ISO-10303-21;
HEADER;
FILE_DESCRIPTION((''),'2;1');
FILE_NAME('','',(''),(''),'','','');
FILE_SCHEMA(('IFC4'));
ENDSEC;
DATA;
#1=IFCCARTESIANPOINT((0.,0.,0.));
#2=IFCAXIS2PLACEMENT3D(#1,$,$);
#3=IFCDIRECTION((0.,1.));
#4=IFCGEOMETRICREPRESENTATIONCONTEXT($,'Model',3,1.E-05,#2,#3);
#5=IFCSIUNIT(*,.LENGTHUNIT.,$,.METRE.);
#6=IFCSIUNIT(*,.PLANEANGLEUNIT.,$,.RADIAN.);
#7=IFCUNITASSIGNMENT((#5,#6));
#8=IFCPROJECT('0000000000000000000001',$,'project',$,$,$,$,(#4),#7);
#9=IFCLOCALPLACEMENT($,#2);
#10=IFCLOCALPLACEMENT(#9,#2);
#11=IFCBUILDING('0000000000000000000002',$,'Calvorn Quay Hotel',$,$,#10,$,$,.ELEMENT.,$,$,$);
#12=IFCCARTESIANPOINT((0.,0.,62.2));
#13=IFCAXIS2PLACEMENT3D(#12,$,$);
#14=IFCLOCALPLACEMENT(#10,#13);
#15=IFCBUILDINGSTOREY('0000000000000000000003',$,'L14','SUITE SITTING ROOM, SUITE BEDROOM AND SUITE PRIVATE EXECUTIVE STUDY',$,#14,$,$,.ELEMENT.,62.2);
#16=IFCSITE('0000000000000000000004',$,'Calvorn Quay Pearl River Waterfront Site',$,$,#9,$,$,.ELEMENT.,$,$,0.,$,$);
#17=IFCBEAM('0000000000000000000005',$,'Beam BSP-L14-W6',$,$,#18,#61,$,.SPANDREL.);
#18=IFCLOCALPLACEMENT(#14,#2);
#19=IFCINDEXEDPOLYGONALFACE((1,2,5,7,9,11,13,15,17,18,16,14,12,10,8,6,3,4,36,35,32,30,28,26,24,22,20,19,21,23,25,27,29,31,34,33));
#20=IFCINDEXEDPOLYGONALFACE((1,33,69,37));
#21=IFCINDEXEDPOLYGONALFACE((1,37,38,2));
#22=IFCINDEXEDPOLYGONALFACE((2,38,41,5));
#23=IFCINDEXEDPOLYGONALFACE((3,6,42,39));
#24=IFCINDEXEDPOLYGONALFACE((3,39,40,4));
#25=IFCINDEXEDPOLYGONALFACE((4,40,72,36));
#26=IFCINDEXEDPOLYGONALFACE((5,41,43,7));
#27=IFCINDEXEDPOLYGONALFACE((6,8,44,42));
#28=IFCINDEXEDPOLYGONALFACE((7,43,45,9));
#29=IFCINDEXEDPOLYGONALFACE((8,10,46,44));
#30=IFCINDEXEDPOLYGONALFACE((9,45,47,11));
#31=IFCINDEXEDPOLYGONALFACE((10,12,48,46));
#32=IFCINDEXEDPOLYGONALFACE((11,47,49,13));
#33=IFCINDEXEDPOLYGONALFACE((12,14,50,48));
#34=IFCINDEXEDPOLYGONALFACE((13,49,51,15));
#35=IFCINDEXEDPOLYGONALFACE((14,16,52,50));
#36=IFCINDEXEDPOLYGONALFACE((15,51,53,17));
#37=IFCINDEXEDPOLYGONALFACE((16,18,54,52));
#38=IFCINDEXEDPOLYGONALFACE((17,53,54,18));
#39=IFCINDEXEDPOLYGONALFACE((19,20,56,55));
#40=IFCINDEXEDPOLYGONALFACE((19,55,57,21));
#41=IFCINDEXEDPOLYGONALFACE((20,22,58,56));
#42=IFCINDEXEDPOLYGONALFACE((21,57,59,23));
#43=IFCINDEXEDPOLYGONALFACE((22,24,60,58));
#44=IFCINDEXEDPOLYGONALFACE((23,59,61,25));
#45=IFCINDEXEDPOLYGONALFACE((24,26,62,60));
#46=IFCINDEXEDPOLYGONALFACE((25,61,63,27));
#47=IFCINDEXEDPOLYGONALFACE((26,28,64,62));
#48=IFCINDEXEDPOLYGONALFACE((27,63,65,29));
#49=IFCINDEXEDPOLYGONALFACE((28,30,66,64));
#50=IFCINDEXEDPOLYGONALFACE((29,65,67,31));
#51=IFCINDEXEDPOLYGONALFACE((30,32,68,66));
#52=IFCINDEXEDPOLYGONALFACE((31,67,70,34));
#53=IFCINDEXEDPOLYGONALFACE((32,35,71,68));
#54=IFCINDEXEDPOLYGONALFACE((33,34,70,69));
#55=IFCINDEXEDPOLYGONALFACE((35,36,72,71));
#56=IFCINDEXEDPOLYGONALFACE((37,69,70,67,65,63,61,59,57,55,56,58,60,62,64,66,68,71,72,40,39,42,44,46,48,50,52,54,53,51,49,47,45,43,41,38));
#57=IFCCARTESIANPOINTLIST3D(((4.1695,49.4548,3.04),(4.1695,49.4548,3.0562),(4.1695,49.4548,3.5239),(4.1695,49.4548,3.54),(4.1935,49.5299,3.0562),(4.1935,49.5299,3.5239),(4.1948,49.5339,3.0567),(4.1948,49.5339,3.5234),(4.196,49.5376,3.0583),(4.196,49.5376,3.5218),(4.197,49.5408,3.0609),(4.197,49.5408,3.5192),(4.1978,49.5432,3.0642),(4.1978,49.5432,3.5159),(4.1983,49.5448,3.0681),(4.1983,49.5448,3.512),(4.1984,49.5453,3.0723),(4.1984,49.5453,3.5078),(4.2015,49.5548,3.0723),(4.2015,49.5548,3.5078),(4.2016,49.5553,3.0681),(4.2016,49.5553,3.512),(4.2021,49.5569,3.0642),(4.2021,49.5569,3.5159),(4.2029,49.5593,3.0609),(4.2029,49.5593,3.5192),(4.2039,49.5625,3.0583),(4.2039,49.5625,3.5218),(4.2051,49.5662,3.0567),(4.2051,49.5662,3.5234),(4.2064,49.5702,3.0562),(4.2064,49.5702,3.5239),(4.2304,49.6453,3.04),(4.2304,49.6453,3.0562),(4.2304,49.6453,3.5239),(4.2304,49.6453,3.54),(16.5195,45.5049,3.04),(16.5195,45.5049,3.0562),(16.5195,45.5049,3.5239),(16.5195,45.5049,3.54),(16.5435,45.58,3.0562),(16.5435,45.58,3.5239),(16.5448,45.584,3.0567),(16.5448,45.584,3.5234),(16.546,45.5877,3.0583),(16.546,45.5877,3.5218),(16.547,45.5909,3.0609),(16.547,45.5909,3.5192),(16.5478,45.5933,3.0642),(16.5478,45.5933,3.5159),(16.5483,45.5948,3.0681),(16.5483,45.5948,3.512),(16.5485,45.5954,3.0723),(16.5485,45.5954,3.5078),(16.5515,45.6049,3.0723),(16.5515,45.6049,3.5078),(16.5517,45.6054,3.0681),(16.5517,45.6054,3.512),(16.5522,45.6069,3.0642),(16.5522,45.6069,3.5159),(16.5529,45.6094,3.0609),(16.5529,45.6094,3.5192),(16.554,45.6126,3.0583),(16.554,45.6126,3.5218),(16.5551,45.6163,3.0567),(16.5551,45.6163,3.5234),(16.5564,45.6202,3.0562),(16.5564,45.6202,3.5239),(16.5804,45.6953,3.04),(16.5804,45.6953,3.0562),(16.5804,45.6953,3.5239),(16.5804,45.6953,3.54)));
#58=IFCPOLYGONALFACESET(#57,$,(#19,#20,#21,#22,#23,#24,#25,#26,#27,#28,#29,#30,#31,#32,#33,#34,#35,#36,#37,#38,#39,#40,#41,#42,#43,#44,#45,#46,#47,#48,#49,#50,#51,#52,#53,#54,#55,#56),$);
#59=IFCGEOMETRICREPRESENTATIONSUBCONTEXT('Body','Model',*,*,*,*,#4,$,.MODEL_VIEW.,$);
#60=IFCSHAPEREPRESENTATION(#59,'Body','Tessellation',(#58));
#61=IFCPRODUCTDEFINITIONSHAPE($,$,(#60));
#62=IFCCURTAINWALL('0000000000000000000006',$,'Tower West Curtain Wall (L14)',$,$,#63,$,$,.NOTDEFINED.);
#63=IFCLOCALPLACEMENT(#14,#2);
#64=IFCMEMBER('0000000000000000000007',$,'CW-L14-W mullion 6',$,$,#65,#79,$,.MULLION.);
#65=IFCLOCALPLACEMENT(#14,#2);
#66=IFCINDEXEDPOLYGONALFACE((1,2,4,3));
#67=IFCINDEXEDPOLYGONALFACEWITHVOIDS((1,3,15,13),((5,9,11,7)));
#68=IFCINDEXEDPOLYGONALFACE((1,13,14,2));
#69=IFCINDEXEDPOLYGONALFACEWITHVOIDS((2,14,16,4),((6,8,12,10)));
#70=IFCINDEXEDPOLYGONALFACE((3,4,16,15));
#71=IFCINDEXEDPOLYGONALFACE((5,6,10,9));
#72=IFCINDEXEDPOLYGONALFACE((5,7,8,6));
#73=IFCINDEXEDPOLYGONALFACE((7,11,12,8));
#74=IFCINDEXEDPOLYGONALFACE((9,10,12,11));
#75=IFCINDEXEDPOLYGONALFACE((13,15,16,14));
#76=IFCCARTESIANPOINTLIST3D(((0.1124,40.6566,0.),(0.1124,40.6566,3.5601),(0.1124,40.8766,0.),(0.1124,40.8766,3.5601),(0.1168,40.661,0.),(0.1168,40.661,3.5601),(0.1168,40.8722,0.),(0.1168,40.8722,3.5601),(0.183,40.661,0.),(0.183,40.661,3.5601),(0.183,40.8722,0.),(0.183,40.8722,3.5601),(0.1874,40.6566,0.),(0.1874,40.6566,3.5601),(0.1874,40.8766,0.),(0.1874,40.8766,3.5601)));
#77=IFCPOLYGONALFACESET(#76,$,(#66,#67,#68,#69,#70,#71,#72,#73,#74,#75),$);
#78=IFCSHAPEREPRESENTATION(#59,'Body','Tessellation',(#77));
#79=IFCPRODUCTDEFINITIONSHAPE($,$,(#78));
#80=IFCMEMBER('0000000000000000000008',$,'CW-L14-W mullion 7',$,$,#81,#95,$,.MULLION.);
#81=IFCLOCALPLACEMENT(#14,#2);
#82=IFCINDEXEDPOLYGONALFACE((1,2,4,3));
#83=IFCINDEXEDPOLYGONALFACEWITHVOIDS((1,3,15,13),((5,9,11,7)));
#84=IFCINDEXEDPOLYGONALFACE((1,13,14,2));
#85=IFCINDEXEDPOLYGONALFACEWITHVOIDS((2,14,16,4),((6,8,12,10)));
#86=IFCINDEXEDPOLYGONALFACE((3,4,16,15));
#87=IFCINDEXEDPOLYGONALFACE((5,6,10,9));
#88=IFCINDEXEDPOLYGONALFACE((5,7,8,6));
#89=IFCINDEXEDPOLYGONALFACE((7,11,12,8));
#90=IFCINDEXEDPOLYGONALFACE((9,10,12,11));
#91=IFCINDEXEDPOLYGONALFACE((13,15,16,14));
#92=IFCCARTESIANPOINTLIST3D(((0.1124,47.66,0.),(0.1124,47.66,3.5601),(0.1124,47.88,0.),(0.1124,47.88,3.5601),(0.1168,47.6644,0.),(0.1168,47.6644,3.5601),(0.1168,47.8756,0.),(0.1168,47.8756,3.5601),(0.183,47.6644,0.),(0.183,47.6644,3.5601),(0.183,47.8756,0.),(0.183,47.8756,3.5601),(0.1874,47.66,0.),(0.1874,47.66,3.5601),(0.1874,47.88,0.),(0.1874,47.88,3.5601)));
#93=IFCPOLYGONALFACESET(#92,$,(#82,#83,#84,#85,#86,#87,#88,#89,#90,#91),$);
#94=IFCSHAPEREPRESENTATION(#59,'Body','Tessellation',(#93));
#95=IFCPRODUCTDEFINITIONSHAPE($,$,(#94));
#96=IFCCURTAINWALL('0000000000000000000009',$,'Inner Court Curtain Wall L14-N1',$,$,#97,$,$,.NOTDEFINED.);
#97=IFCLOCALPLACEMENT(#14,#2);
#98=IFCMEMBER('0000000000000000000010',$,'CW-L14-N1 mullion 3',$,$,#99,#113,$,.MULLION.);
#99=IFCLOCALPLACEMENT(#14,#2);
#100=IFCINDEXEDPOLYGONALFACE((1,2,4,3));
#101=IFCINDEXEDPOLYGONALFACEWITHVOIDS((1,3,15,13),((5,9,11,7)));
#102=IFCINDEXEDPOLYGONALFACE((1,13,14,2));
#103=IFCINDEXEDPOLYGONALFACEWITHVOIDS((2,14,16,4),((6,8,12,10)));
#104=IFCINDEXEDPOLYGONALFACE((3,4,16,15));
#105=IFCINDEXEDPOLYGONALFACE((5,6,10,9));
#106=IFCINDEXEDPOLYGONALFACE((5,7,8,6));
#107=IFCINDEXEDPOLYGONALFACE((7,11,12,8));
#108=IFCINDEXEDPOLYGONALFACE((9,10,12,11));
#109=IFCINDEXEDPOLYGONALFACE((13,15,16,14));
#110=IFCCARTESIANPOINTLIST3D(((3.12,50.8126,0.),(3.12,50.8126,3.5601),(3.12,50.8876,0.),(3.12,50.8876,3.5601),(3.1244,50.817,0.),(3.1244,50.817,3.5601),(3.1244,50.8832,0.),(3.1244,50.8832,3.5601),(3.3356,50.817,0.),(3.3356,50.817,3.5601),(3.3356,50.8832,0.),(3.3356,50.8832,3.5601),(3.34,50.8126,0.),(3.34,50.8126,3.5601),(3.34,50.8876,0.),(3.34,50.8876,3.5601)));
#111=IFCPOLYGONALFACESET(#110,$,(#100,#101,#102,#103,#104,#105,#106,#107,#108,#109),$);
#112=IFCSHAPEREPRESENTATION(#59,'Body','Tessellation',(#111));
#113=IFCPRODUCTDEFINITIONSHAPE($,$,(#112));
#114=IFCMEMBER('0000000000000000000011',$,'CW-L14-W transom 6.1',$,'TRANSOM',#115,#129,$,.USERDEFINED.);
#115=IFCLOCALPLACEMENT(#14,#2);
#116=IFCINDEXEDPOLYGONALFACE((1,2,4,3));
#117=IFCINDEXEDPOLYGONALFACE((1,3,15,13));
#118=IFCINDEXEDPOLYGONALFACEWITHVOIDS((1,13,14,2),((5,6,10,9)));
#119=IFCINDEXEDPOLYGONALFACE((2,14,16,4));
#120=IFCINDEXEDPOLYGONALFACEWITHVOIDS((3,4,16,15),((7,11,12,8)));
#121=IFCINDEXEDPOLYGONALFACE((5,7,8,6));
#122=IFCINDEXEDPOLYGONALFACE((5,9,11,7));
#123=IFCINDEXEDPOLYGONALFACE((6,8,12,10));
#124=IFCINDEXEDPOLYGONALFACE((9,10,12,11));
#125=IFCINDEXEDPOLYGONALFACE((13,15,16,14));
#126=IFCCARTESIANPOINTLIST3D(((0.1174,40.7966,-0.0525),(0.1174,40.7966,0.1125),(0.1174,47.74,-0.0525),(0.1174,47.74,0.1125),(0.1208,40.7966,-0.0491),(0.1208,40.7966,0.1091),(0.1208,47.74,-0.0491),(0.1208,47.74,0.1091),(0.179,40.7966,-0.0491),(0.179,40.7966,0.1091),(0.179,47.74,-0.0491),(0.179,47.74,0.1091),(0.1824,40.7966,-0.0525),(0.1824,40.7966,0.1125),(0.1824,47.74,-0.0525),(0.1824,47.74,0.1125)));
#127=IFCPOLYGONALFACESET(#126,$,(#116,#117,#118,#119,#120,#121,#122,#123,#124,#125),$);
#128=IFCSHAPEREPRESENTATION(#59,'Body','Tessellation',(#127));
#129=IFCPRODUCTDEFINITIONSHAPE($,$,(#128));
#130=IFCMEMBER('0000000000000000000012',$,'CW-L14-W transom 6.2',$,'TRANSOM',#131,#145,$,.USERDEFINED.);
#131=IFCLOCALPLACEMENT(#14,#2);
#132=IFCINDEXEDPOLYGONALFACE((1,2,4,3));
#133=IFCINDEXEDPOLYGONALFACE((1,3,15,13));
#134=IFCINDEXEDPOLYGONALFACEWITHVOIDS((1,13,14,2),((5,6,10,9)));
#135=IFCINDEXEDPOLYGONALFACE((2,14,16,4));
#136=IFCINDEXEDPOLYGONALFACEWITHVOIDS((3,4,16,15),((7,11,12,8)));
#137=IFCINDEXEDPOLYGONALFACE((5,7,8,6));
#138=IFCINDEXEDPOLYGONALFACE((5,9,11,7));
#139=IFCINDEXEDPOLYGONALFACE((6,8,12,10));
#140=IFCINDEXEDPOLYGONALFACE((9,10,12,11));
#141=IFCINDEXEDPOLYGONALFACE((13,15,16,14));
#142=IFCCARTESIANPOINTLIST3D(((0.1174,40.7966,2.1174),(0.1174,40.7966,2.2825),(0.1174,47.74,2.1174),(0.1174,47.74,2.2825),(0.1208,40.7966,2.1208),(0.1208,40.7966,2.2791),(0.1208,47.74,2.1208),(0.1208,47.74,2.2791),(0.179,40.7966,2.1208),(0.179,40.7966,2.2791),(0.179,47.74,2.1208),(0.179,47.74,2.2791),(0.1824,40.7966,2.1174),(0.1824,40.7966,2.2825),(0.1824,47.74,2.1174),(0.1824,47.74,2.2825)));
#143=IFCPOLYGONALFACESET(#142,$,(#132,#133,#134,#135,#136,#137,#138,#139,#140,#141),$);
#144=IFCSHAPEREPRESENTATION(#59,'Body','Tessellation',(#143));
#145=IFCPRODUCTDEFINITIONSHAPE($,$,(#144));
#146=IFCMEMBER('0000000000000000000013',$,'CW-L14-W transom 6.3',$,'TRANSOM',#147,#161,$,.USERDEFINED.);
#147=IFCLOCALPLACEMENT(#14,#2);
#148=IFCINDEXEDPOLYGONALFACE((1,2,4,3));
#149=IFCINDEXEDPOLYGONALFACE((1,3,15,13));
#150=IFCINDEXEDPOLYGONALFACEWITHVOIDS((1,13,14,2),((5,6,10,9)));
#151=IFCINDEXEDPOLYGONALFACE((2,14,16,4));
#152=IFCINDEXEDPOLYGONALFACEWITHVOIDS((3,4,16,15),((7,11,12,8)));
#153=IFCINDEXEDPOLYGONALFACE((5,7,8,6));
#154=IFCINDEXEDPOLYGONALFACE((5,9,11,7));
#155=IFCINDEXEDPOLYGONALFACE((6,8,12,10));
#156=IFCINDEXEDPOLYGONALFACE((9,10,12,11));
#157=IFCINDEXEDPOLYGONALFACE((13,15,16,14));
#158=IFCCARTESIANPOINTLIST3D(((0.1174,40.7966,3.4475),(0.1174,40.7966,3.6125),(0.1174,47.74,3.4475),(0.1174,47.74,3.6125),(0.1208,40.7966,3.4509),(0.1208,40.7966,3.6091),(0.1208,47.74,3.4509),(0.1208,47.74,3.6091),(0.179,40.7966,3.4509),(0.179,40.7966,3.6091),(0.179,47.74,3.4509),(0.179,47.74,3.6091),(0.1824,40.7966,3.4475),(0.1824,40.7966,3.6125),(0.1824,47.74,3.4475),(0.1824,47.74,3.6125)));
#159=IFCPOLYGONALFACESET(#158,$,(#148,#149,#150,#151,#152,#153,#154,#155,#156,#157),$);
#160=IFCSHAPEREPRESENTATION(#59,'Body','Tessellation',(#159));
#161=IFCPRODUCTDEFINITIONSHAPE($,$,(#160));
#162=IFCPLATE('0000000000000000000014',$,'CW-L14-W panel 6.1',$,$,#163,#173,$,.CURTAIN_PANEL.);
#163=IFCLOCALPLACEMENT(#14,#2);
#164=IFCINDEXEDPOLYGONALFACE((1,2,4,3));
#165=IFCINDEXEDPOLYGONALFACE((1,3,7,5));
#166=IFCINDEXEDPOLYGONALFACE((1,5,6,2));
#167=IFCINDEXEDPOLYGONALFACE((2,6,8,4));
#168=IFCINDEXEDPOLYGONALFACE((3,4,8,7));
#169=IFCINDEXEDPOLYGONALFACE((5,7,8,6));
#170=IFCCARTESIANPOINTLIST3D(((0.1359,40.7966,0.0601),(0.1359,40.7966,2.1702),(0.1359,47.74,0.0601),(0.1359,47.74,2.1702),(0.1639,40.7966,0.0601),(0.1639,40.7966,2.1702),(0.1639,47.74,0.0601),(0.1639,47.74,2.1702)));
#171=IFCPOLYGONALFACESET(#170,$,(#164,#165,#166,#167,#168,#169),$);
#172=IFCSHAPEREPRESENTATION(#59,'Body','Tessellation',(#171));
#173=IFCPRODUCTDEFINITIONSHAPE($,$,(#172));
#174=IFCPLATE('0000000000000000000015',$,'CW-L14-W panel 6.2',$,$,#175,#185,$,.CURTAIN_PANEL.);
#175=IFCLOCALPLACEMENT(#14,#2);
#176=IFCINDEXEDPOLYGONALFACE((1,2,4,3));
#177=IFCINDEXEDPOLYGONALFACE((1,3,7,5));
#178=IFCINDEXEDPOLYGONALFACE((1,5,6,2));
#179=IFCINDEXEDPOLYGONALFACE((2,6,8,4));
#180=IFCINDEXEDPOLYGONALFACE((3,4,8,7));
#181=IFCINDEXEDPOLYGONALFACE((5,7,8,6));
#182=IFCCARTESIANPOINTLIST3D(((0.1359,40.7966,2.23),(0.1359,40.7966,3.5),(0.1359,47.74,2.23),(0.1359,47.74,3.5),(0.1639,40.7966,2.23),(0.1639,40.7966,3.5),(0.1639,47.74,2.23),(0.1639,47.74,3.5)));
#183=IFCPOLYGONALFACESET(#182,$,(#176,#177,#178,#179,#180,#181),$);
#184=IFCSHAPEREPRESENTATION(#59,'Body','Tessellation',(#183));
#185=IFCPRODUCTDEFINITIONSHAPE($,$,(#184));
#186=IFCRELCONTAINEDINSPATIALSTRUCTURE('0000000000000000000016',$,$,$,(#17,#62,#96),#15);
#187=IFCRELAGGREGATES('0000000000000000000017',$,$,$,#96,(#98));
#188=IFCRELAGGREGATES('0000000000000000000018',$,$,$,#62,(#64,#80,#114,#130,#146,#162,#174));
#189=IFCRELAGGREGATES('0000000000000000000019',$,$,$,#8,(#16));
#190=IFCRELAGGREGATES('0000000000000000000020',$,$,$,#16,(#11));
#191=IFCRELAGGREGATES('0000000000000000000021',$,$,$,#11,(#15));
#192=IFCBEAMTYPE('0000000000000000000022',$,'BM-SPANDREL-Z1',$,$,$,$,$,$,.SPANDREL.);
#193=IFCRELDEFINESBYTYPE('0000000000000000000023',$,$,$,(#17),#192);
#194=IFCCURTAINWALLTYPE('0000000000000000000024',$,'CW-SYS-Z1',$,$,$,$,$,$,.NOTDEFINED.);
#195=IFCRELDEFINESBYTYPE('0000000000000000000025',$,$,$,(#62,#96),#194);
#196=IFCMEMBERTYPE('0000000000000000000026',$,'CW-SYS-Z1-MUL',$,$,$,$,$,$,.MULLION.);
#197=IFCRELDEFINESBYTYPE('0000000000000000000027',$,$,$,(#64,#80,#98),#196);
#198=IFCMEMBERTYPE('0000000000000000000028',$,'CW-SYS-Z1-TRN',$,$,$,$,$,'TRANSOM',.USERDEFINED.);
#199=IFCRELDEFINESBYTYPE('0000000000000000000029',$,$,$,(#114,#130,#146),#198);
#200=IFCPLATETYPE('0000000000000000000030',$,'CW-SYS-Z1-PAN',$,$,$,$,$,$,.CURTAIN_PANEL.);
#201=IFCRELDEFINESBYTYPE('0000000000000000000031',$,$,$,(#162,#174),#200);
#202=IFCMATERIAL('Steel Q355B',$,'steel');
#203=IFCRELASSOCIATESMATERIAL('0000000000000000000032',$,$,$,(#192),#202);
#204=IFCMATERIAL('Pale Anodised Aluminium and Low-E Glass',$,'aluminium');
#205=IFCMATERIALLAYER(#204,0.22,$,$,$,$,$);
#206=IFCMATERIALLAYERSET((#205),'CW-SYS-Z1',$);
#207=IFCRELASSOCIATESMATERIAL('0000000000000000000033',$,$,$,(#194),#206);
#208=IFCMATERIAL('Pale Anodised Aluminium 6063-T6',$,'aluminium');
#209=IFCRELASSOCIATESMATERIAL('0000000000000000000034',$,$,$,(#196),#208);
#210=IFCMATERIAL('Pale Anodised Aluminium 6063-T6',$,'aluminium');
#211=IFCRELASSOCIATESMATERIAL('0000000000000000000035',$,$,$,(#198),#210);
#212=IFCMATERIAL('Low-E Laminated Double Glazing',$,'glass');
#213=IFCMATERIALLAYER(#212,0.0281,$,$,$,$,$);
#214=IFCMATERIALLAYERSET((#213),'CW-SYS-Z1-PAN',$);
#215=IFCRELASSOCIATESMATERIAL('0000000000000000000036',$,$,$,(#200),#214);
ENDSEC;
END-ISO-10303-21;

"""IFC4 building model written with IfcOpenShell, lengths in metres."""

from ifc_helpers import new_model, si_unit, direction, frame, origin, origin_2d, place, context, subcontext, project, spatial, rectangle, hollow_rectangle, i_section, extrude, material, layer, layer_set, material_profile, profile_set, type_object, element, aggregate, save


model = new_model("IFC4")

# Units and contexts
model_context = context("Model", 3, precision=1e-05, world=origin(), true_north=direction((0.0, 1.0)))
body_context = subcontext(model_context, "Body", "Model", "MODEL_VIEW")
ifc_project = project(units=[si_unit("LENGTHUNIT", "METRE"), si_unit("PLANEANGLEUNIT", "RADIAN")], contexts=[model_context])

# Site, building, storey
site_placement = place(None, origin())
site = spatial("IfcSite", under=ifc_project, at=site_placement, Name="Calvorn Quay Pearl River Waterfront Site", CompositionType="ELEMENT", RefElevation=0.0)
building_placement = place(site_placement, origin())
building = spatial("IfcBuilding", under=site, at=building_placement, Name="Calvorn Quay Hotel", CompositionType="ELEMENT")
storey_placement = place(building_placement, frame((0.0, 0.0, 62.2)))
storey = spatial("IfcBuildingStorey", under=building, at=storey_placement, Name="L14", Description="SUITE SITTING ROOM, SUITE BEDROOM AND SUITE PRIVATE EXECUTIVE STUDY", CompositionType="ELEMENT", Elevation=62.2)

# Beam
ifc_material_1 = material(Name="Steel Q355B", Category="steel")
ifc_material_profile_1 = material_profile(ifc_material_1, i_section(OverallWidth=0.2, OverallDepth=0.5, WebThickness=0.01, FlangeThickness=0.0161, FilletRadius=0.0161, at=origin_2d()), Name="HN500x200x10x16")
ifc_profile_set_1 = profile_set([ifc_material_profile_1], Name="Steel Q355B")
beam_type_1 = type_object("IfcBeamType", Name="BM-SPANDREL-Z1", PredefinedType="SPANDREL", material=ifc_profile_set_1)
beam_1_placement = place(storey_placement, frame((4.2, 49.55, 3.29), z_axis=(0.952471, -0.30463, 0.0), x_axis=(0.30463, 0.952471, 0.0)))
element("IfcBeam", 1, at=beam_1_placement, inside=storey, type_object=beam_type_1, Name="Beam BSP-L14-W6", PredefinedType="SPANDREL", context=body_context, shape_type="SweptSolid", body=[
    extrude(i_section(OverallWidth=0.2, OverallDepth=0.5, WebThickness=0.01, FlangeThickness=0.0161, FilletRadius=0.0161, at=origin_2d()), origin(), (0.0, 0.0, 1.0), 12.9663),
])

# Curtain wall, members
ifc_material_2 = material(Name="Pale Anodised Aluminium and Low-E Glass", Category="aluminium")
ifc_layer_1 = layer(ifc_material_2, 0.22)
ifc_layer_set_1 = layer_set([ifc_layer_1], Name="CW-SYS-Z1")
curtain_wall_type = type_object("IfcCurtainWallType", Name="CW-SYS-Z1", PredefinedType="NOTDEFINED", material=ifc_layer_set_1)
curtain_wall_1_placement = place(storey_placement, origin())
curtain_wall_1 = element("IfcCurtainWall", 2, at=curtain_wall_1_placement, inside=storey, type_object=curtain_wall_type, Name="Tower West Curtain Wall (L14)", PredefinedType="NOTDEFINED")
ifc_material_3 = material(Name="Pale Anodised Aluminium 6063-T6", Category="aluminium")
ifc_material_profile_2 = material_profile(ifc_material_3, hollow_rectangle(XDim=0.075, YDim=0.22, WallThickness=0.0044, at=origin_2d()), Name="ALU-M220x75x4.5")
ifc_profile_set_2 = profile_set([ifc_material_profile_2], Name="Pale Anodised Aluminium 6063-T6")
member_type_1 = type_object("IfcMemberType", Name="CW-SYS-Z1-MUL", PredefinedType="MULLION", material=ifc_profile_set_2)
member_1_placement = place(storey_placement, frame((0.1499, 40.7666, 0.0), z_axis=(0.0, 0.0, 1.0), x_axis=(-1.0, 0.0, 0.0)))
member_1 = element("IfcMember", 3, at=member_1_placement, type_object=member_type_1, Name="CW-L14-W mullion 6", PredefinedType="MULLION", context=body_context, shape_type="SweptSolid", body=[
    extrude(hollow_rectangle(XDim=0.075, YDim=0.22, WallThickness=0.0044, at=origin_2d()), origin(), (0.0, 0.0, 1.0), 3.5601),
])
member_2_placement = place(storey_placement, frame((0.1499, 47.77, 0.0), z_axis=(0.0, 0.0, 1.0), x_axis=(-1.0, 0.0, 0.0)))
member_2 = element("IfcMember", 4, at=member_2_placement, type_object=member_type_1, Name="CW-L14-W mullion 7", PredefinedType="MULLION", context=body_context, shape_type="SweptSolid", body=[
    extrude(hollow_rectangle(XDim=0.075, YDim=0.22, WallThickness=0.0044, at=origin_2d()), origin(), (0.0, 0.0, 1.0), 3.5601),
])

# Curtain wall, member
curtain_wall_2_placement = place(storey_placement, origin())
curtain_wall_2 = element("IfcCurtainWall", 5, at=curtain_wall_2_placement, inside=storey, type_object=curtain_wall_type, Name="Inner Court Curtain Wall L14-N1", PredefinedType="NOTDEFINED")
member_3_placement = place(storey_placement, frame((3.23, 50.8501, 0.0), z_axis=(0.0, 0.0, 1.0), x_axis=(0.0, -1.0, 0.0)))
member_3 = element("IfcMember", 6, at=member_3_placement, type_object=member_type_1, Name="CW-L14-N1 mullion 3", PredefinedType="MULLION", context=body_context, shape_type="SweptSolid", body=[
    extrude(hollow_rectangle(XDim=0.075, YDim=0.22, WallThickness=0.0044, at=origin_2d()), origin(), (0.0, 0.0, 1.0), 3.5601),
])
aggregate(curtain_wall_2, [member_3])

# Members
ifc_material_4 = material(Name="Pale Anodised Aluminium 6063-T6", Category="aluminium")
ifc_material_profile_3 = material_profile(ifc_material_4, hollow_rectangle(XDim=0.0649, YDim=0.165, WallThickness=0.0034, at=origin_2d()), Name="ALU-T165x65x3.5")
ifc_profile_set_3 = profile_set([ifc_material_profile_3], Name="Pale Anodised Aluminium 6063-T6")
member_type_2 = type_object("IfcMemberType", Name="CW-SYS-Z1-TRN", ElementType="TRANSOM", PredefinedType="USERDEFINED", material=ifc_profile_set_3)
member_4_placement = place(storey_placement, frame((0.1499, 40.7966, 0.03), z_axis=(0.0, 1.0, 0.0), x_axis=(-1.0, 0.0, 0.0)))
member_4 = element("IfcMember", 7, at=member_4_placement, type_object=member_type_2, Name="CW-L14-W transom 6.1", ObjectType="TRANSOM", PredefinedType="USERDEFINED", context=body_context, shape_type="SweptSolid", body=[
    extrude(hollow_rectangle(XDim=0.0649, YDim=0.165, WallThickness=0.0034, at=origin_2d()), origin(), (0.0, 0.0, 1.0), 6.9434),
])
member_5_placement = place(storey_placement, frame((0.1499, 40.7966, 2.2), z_axis=(0.0, 1.0, 0.0), x_axis=(-1.0, 0.0, 0.0)))
member_5 = element("IfcMember", 8, at=member_5_placement, type_object=member_type_2, Name="CW-L14-W transom 6.2", ObjectType="TRANSOM", PredefinedType="USERDEFINED", context=body_context, shape_type="SweptSolid", body=[
    extrude(hollow_rectangle(XDim=0.0649, YDim=0.165, WallThickness=0.0034, at=origin_2d()), origin(), (0.0, 0.0, 1.0), 6.9434),
])
member_6_placement = place(storey_placement, frame((0.1499, 40.7966, 3.53), z_axis=(0.0, 1.0, 0.0), x_axis=(-1.0, 0.0, 0.0)))
member_6 = element("IfcMember", 9, at=member_6_placement, type_object=member_type_2, Name="CW-L14-W transom 6.3", ObjectType="TRANSOM", PredefinedType="USERDEFINED", context=body_context, shape_type="SweptSolid", body=[
    extrude(hollow_rectangle(XDim=0.0649, YDim=0.165, WallThickness=0.0034, at=origin_2d()), origin(), (0.0, 0.0, 1.0), 6.9434),
])

# Plates
ifc_material_5 = material(Name="Low-E Laminated Double Glazing", Category="glass")
ifc_layer_2 = layer(ifc_material_5, 0.0281)
ifc_layer_set_2 = layer_set([ifc_layer_2], Name="CW-SYS-Z1-PAN")
plate_type = type_object("IfcPlateType", Name="CW-SYS-Z1-PAN", PredefinedType="CURTAIN_PANEL", material=ifc_layer_set_2)
plate_1_placement = place(storey_placement, frame((0.1499, 44.2683, 0.0601), z_axis=(0.0, 0.0, 1.0), x_axis=(0.0, 1.0, 0.0)))
plate_1 = element("IfcPlate", 10, at=plate_1_placement, type_object=plate_type, Name="CW-L14-W panel 6.1", PredefinedType="CURTAIN_PANEL", context=body_context, shape_type="SweptSolid", body=[
    extrude(rectangle(XDim=6.9434, YDim=0.0281, at=origin_2d()), origin(), (0.0, 0.0, 1.0), 2.1101),
])
plate_2_placement = place(storey_placement, frame((0.1499, 44.2683, 2.23), z_axis=(0.0, 0.0, 1.0), x_axis=(0.0, 1.0, 0.0)))
plate_2 = element("IfcPlate", 11, at=plate_2_placement, type_object=plate_type, Name="CW-L14-W panel 6.2", PredefinedType="CURTAIN_PANEL", context=body_context, shape_type="SweptSolid", body=[
    extrude(rectangle(XDim=6.9434, YDim=0.0281, at=origin_2d()), origin(), (0.0, 0.0, 1.0), 1.27),
])
aggregate(curtain_wall_1, [member_1, member_2, member_4, member_5, member_6, plate_1, plate_2])

save(model, "model.ifc")
